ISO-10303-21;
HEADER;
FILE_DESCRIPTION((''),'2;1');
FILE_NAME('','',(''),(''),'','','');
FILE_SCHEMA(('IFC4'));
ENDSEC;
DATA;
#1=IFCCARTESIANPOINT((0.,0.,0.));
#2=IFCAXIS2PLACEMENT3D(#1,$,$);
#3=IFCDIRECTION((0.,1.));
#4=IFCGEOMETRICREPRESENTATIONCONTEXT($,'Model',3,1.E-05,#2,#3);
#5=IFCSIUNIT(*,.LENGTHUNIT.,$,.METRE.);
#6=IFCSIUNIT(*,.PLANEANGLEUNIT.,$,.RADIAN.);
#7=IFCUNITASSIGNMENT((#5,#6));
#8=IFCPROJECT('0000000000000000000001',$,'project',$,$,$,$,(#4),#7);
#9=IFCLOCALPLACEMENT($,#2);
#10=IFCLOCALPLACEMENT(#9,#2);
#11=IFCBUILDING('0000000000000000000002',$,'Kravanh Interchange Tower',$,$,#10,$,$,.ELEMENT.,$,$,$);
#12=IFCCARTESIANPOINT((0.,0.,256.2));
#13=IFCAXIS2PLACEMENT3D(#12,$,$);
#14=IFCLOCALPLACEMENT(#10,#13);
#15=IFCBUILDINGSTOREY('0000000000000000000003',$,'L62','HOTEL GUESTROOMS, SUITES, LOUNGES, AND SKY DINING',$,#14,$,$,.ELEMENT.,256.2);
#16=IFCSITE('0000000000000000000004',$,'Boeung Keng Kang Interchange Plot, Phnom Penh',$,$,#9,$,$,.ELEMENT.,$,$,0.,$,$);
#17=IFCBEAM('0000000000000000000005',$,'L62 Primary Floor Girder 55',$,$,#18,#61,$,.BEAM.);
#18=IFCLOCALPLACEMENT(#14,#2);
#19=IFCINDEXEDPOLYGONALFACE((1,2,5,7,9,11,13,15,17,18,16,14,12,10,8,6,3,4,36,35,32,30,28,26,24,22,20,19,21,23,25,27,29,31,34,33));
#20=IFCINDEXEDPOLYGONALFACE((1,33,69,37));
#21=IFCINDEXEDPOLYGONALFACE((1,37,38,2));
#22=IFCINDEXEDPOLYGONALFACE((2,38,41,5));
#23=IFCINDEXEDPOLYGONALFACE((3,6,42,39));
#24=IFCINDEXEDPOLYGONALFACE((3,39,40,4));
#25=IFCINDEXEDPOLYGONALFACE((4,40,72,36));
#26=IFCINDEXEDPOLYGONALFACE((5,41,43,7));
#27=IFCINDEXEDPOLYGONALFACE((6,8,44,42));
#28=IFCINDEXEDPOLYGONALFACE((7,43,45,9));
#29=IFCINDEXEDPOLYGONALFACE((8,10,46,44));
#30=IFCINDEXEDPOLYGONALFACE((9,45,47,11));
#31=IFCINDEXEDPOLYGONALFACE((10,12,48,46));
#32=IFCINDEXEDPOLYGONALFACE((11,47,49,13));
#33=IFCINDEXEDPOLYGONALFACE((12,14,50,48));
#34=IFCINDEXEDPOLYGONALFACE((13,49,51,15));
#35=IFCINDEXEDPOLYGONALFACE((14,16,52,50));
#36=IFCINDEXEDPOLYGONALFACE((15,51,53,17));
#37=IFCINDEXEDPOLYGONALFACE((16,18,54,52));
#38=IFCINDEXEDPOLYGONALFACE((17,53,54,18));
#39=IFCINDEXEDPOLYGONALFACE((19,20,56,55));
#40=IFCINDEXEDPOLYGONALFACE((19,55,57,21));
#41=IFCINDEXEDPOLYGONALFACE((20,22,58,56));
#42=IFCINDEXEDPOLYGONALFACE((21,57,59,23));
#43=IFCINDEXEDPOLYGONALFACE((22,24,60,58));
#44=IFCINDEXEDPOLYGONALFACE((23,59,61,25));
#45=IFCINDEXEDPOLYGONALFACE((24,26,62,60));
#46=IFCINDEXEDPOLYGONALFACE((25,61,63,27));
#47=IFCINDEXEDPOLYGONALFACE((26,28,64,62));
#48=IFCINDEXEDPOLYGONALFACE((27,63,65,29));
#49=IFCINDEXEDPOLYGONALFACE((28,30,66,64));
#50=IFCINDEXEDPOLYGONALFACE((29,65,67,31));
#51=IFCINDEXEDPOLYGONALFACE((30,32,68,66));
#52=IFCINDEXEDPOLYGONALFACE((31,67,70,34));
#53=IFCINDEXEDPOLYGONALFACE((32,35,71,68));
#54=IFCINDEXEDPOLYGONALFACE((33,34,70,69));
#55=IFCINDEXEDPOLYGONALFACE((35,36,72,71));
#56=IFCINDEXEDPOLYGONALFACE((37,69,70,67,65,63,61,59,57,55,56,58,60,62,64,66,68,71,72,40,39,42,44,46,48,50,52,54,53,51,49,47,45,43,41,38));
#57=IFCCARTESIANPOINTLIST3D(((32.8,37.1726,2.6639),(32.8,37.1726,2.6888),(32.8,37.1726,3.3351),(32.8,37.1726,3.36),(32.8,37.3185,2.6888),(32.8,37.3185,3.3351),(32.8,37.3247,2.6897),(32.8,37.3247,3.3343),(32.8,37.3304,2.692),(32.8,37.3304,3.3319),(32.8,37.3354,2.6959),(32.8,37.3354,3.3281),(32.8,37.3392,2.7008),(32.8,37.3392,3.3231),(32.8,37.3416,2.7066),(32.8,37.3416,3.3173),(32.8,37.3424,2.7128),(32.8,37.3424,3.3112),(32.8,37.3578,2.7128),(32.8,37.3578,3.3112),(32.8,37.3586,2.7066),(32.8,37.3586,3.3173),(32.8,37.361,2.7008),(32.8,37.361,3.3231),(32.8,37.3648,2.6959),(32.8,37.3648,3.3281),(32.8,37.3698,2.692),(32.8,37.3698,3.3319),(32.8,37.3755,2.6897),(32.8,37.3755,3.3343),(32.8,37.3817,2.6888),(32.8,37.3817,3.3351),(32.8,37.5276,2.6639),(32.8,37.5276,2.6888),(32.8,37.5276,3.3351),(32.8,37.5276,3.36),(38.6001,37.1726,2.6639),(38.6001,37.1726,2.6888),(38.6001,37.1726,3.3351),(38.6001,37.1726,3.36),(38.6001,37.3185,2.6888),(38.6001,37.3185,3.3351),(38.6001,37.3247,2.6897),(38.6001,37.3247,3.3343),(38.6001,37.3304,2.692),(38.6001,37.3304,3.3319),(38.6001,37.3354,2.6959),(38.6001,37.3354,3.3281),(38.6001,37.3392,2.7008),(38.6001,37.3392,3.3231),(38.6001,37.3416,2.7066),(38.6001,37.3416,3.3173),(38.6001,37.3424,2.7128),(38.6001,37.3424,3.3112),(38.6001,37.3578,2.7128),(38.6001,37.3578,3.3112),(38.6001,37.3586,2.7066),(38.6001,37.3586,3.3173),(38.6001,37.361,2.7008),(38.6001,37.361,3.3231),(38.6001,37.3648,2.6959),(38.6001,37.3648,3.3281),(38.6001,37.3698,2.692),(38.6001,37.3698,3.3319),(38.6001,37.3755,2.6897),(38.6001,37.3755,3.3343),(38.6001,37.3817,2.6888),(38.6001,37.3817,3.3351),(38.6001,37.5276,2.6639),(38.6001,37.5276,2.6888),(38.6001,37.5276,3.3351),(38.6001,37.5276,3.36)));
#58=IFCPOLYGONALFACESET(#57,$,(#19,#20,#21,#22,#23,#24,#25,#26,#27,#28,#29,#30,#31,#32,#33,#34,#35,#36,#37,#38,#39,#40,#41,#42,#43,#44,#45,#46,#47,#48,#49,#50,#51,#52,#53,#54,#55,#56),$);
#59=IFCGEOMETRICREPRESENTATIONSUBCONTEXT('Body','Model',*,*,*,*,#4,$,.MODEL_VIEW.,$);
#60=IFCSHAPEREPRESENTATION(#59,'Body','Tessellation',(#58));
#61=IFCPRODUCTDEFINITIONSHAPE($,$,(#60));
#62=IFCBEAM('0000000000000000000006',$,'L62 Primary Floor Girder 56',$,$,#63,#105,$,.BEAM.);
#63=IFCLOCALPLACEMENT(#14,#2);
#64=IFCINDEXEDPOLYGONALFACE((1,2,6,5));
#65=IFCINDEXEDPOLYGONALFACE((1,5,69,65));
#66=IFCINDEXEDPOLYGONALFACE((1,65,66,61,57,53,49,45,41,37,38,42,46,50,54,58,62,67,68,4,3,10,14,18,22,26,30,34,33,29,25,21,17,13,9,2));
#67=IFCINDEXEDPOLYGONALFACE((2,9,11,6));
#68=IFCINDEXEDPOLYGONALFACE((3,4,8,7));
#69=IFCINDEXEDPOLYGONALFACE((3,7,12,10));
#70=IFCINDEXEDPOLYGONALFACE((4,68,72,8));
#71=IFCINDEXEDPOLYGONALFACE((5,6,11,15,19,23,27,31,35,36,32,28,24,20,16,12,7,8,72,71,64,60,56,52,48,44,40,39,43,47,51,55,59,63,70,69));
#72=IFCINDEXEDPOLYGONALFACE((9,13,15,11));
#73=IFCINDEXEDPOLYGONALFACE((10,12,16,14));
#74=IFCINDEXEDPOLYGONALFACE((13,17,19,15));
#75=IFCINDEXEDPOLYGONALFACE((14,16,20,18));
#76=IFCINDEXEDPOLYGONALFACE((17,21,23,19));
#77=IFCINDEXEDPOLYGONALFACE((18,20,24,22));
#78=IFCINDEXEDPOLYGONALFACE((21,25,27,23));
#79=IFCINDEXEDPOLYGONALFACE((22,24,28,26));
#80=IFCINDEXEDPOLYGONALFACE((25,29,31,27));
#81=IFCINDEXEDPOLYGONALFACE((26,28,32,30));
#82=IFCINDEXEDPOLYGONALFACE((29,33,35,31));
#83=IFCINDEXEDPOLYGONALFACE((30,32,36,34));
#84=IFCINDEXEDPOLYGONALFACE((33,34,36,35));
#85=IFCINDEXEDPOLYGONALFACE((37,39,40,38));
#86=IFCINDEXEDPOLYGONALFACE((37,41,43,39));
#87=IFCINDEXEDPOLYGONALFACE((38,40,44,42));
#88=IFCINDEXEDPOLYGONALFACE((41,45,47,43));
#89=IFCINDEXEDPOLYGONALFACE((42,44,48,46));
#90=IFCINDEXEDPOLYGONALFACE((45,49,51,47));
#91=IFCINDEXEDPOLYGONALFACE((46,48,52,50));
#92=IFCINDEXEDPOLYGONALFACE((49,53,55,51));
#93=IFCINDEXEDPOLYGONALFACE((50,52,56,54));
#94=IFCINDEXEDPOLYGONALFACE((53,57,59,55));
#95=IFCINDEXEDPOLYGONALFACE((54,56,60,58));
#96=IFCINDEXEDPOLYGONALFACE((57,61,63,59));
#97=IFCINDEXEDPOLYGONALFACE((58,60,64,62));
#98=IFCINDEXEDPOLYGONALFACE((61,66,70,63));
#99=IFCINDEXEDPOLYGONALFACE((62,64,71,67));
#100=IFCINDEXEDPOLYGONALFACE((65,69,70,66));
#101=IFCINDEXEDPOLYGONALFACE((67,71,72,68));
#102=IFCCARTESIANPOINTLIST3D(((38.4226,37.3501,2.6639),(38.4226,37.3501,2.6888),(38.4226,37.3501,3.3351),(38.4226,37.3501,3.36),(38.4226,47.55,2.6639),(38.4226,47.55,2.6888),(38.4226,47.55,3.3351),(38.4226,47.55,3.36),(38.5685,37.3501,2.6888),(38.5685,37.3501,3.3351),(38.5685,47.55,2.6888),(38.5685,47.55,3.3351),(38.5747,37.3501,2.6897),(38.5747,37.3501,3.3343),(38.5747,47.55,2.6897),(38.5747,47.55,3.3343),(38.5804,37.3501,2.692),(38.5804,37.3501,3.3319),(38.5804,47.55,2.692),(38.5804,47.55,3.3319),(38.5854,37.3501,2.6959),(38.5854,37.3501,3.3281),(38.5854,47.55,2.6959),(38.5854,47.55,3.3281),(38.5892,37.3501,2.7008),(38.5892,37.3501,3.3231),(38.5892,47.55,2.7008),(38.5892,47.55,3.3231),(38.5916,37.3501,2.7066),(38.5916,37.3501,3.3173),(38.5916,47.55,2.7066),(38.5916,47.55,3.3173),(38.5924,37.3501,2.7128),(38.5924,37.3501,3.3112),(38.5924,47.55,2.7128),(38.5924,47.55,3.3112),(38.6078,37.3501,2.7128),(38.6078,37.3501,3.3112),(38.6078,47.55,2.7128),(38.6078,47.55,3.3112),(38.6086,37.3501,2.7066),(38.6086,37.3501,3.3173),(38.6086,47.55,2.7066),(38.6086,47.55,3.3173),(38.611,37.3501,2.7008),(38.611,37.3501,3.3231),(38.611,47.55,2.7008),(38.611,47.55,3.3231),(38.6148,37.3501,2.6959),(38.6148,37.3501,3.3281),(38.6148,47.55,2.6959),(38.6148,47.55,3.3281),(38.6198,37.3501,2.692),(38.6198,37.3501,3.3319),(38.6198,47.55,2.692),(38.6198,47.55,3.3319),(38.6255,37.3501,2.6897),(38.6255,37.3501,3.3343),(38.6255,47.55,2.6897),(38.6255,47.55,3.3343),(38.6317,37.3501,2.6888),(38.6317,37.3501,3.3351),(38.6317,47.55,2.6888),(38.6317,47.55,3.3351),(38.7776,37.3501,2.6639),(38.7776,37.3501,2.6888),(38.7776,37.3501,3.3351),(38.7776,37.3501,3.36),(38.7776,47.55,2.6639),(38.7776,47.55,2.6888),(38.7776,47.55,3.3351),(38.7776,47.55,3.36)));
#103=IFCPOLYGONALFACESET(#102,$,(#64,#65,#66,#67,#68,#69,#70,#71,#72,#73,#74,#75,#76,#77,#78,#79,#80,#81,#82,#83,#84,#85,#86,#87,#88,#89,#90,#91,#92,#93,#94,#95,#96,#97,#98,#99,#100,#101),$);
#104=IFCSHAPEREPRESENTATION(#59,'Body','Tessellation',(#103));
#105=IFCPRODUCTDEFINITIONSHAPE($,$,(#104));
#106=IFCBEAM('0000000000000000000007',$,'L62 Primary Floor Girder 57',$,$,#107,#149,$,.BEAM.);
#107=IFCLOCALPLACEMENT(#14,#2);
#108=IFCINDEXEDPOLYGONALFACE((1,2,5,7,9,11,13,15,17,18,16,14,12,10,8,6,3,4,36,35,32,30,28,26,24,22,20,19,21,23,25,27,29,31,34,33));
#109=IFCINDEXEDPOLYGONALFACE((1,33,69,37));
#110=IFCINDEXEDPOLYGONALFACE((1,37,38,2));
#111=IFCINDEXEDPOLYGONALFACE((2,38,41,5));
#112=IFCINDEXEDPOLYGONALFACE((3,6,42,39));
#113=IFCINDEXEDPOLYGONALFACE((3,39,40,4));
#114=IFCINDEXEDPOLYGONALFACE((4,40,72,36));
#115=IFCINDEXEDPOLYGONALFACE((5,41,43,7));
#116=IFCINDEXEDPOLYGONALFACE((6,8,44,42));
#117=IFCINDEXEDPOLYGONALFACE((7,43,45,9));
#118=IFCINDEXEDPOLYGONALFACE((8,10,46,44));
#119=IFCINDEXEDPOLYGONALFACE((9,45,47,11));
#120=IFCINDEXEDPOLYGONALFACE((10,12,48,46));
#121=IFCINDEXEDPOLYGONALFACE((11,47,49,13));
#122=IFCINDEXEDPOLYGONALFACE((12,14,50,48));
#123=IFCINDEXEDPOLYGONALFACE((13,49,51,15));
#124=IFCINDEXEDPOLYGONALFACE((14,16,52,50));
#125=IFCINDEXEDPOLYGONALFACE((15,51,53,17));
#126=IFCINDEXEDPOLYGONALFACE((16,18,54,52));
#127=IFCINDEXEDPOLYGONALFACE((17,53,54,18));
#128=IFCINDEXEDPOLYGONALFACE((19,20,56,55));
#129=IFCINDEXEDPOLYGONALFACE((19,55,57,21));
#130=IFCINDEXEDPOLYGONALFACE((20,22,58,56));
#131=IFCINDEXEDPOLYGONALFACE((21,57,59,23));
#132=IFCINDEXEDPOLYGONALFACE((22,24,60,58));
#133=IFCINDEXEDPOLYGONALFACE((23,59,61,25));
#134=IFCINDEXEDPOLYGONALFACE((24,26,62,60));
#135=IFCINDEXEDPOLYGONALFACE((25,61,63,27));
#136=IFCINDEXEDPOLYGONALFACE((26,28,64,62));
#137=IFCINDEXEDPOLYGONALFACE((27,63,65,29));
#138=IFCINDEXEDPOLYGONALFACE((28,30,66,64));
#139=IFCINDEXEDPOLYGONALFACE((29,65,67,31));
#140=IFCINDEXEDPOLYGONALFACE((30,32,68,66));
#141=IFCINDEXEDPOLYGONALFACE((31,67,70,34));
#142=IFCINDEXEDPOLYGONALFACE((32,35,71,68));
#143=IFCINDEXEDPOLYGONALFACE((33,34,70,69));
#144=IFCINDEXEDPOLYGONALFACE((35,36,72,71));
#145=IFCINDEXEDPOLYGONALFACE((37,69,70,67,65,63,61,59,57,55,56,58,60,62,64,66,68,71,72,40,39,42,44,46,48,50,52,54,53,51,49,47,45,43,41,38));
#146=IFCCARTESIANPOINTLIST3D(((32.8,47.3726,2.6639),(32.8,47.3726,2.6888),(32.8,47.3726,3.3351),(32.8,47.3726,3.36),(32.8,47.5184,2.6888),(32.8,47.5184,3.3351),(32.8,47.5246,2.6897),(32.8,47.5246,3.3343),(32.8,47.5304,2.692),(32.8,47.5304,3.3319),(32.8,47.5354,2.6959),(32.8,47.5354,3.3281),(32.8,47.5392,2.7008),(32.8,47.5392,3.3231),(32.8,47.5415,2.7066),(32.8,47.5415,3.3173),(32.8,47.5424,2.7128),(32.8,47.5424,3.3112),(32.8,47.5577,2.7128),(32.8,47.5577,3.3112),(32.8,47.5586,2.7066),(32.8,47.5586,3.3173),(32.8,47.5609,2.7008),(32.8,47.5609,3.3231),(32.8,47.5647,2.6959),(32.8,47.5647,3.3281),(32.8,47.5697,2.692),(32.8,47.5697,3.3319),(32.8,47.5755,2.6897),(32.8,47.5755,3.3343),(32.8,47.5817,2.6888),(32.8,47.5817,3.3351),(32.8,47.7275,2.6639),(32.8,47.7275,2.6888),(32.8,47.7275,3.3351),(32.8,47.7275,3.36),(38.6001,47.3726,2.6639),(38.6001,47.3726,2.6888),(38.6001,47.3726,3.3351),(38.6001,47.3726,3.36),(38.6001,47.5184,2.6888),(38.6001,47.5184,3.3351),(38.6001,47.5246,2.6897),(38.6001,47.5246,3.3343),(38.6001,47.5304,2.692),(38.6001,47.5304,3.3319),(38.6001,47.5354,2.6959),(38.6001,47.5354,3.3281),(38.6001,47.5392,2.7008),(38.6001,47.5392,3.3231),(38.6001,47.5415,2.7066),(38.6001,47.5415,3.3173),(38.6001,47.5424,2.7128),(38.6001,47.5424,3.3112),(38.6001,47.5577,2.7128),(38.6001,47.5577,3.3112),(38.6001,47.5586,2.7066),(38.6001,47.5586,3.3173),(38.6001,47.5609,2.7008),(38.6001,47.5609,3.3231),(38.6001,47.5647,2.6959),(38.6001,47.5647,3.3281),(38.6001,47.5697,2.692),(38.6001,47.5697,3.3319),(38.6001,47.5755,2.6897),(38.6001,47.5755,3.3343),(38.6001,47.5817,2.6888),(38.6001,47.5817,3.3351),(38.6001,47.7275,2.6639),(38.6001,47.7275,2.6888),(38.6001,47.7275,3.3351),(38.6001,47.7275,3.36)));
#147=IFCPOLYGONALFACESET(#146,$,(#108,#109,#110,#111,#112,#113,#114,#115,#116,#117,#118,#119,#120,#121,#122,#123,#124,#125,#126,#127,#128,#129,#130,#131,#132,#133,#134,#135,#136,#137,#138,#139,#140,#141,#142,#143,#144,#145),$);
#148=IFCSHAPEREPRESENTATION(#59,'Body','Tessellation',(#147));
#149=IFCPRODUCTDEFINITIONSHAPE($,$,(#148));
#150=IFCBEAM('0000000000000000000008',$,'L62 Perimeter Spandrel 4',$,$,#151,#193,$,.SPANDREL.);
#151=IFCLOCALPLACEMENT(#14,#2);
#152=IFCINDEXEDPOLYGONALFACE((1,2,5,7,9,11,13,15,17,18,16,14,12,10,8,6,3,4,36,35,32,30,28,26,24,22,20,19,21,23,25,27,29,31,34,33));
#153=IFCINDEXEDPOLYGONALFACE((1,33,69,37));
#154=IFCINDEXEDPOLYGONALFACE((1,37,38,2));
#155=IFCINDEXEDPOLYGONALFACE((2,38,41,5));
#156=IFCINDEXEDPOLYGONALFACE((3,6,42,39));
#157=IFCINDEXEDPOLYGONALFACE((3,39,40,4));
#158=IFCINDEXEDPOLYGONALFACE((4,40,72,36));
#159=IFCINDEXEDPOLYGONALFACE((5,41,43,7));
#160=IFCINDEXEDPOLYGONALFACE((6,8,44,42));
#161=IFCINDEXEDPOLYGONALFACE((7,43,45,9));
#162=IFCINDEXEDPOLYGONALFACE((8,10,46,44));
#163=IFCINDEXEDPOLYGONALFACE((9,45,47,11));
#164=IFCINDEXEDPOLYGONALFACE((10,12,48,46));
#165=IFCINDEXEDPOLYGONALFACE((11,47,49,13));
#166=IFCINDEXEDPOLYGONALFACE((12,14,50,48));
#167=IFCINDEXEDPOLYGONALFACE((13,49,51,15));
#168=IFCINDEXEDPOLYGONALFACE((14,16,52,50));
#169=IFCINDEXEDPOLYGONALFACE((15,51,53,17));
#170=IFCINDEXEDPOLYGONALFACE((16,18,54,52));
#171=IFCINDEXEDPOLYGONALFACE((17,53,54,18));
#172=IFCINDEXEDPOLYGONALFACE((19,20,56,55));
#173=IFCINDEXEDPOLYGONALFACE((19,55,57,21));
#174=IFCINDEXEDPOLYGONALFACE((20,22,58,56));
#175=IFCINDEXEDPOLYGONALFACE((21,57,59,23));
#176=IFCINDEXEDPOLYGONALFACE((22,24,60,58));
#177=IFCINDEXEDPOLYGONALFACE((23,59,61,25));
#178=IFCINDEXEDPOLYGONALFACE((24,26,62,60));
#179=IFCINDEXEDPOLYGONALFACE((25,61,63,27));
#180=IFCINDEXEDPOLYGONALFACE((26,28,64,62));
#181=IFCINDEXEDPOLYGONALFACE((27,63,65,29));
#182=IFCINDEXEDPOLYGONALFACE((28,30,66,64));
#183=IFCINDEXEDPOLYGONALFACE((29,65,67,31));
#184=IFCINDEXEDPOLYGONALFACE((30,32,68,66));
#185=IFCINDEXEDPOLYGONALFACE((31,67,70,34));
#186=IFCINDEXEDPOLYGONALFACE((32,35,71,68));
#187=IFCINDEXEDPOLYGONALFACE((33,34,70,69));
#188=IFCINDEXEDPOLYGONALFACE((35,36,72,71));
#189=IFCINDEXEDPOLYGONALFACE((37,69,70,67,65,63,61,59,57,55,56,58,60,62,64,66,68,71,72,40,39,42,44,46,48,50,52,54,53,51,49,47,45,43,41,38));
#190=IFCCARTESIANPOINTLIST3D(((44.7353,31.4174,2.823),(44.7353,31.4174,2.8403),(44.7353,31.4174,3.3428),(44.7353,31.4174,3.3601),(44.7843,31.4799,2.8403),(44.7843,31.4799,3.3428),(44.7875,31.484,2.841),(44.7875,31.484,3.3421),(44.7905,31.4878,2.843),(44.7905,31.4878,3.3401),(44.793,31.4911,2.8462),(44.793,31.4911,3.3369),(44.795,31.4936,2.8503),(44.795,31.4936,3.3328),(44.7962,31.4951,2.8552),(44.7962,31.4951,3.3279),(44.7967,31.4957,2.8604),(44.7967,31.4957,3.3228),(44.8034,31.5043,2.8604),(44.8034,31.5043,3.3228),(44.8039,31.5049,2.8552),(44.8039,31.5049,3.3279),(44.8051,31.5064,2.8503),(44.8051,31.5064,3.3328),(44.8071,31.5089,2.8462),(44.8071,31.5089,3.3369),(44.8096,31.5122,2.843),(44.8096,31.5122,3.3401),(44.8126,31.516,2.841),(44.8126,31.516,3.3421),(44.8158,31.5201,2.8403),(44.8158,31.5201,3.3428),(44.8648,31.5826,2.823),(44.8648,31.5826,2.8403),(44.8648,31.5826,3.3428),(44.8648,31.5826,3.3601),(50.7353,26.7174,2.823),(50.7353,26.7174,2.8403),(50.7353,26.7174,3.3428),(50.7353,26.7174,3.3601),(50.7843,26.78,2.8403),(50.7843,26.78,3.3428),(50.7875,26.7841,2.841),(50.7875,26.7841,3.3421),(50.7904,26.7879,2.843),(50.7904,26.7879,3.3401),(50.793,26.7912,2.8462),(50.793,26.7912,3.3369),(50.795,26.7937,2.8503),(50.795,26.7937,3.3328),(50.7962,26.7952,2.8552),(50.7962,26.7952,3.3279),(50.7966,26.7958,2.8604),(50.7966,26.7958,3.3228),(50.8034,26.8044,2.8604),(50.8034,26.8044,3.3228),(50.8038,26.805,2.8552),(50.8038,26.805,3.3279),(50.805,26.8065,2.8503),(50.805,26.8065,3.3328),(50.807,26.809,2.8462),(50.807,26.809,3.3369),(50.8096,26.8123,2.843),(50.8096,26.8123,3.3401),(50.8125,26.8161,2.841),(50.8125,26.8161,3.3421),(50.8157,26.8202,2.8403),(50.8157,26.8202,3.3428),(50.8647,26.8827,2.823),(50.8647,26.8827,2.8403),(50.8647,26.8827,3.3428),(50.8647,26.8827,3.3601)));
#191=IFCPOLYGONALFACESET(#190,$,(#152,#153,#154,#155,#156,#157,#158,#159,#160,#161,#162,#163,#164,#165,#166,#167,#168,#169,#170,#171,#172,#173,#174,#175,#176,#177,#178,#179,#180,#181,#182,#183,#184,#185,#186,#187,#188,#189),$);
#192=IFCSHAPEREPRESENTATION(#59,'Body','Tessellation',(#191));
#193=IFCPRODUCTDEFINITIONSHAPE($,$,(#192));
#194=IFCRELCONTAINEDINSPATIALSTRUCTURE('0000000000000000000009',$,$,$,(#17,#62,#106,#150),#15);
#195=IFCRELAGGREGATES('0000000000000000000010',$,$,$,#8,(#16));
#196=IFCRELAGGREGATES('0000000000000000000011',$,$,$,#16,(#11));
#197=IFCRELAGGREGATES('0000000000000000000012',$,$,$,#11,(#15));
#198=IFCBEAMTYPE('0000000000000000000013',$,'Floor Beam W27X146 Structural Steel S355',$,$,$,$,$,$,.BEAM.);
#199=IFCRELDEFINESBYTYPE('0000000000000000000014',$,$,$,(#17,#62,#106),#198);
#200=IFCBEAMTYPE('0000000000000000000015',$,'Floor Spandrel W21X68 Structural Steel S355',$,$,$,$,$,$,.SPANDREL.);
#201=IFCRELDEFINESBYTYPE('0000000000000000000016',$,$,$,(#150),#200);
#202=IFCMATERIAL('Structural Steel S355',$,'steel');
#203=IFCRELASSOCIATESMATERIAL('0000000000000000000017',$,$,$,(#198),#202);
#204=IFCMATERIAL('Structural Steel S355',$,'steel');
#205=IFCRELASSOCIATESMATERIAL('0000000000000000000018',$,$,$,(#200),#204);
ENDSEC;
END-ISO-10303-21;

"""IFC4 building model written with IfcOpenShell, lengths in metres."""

from ifc_helpers import new_model, si_unit, direction, frame, origin, origin_2d, place, context, subcontext, project, spatial, i_section, extrude, material, material_profile, profile_set, type_object, element, save


model = new_model("IFC4")

# Units and contexts
model_context = context("Model", 3, precision=1e-05, world=origin(), true_north=direction((0.0, 1.0)))
body_context = subcontext(model_context, "Body", "Model", "MODEL_VIEW")
ifc_project = project(units=[si_unit("LENGTHUNIT", "METRE"), si_unit("PLANEANGLEUNIT", "RADIAN")], contexts=[model_context])

# Site, building, storey
site_placement = place(None, origin())
site = spatial("IfcSite", under=ifc_project, at=site_placement, Name="Boeung Keng Kang Interchange Plot, Phnom Penh", CompositionType="ELEMENT", RefElevation=0.0)
building_placement = place(site_placement, origin())
building = spatial("IfcBuilding", under=site, at=building_placement, Name="Kravanh Interchange Tower", CompositionType="ELEMENT")
storey_placement = place(building_placement, frame((0.0, 0.0, 256.2)))
storey = spatial("IfcBuildingStorey", under=building, at=storey_placement, Name="L62", Description="HOTEL GUESTROOMS, SUITES, LOUNGES, AND SKY DINING", CompositionType="ELEMENT", Elevation=256.2)

# Beams
ifc_material_1 = material(Name="Structural Steel S355", Category="steel")
ifc_material_profile_1 = material_profile(ifc_material_1, i_section(OverallWidth=0.355, OverallDepth=0.696, WebThickness=0.0154, FlangeThickness=0.0249, FilletRadius=0.0239, at=origin_2d()), Name="W27X146")
ifc_profile_set_1 = profile_set([ifc_material_profile_1], Name="Structural Steel S355")
beam_type_1 = type_object("IfcBeamType", Name="Floor Beam W27X146 Structural Steel S355", PredefinedType="BEAM", material=ifc_profile_set_1)
beam_1_placement = place(storey_placement, frame((38.6001, 37.3501, 3.012), z_axis=(-1.0, 0.0, 0.0), x_axis=(0.0, -1.0, 0.0)))
element("IfcBeam", 1, at=beam_1_placement, inside=storey, type_object=beam_type_1, Name="L62 Primary Floor Girder 55", PredefinedType="BEAM", context=body_context, shape_type="SweptSolid", body=[
    extrude(i_section(OverallWidth=0.355, OverallDepth=0.696, WebThickness=0.0154, FlangeThickness=0.0249, FilletRadius=0.0239, at=origin_2d()), origin(), (0.0, 0.0, 1.0), 5.8),
])
beam_2_placement = place(storey_placement, frame((38.6001, 37.3501, 3.012), z_axis=(0.0, 1.0, 0.0), x_axis=(-1.0, 0.0, 0.0)))
element("IfcBeam", 2, at=beam_2_placement, inside=storey, type_object=beam_type_1, Name="L62 Primary Floor Girder 56", PredefinedType="BEAM", context=body_context, shape_type="SweptSolid", body=[
    extrude(i_section(OverallWidth=0.355, OverallDepth=0.696, WebThickness=0.0154, FlangeThickness=0.0249, FilletRadius=0.0239, at=origin_2d()), origin(), (0.0, 0.0, 1.0), 10.2),
])
beam_3_placement = place(storey_placement, frame((38.6001, 47.55, 3.012), z_axis=(-1.0, 0.0, 0.0), x_axis=(0.0, -1.0, 0.0)))
element("IfcBeam", 3, at=beam_3_placement, inside=storey, type_object=beam_type_1, Name="L62 Primary Floor Girder 57", PredefinedType="BEAM", context=body_context, shape_type="SweptSolid", body=[
    extrude(i_section(OverallWidth=0.355, OverallDepth=0.696, WebThickness=0.0154, FlangeThickness=0.0249, FilletRadius=0.0239, at=origin_2d()), origin(), (0.0, 0.0, 1.0), 5.8),
])
ifc_material_2 = material(Name="Structural Steel S355", Category="steel")
ifc_material_profile_2 = material_profile(ifc_material_2, i_section(OverallWidth=0.21, OverallDepth=0.5371, WebThickness=0.011, FlangeThickness=0.0173, FilletRadius=0.02, at=origin_2d()), Name="W21X68")
ifc_profile_set_2 = profile_set([ifc_material_profile_2], Name="Structural Steel S355")
beam_type_2 = type_object("IfcBeamType", Name="Floor Spandrel W21X68 Structural Steel S355", PredefinedType="SPANDREL", material=ifc_profile_set_2)
beam_4_placement = place(storey_placement, frame((44.8, 31.5, 3.0916), z_axis=(0.787231, -0.616658, 0.0), x_axis=(0.616658, 0.787231, 0.0)))
element("IfcBeam", 4, at=beam_4_placement, inside=storey, type_object=beam_type_2, Name="L62 Perimeter Spandrel 4", PredefinedType="SPANDREL", context=body_context, shape_type="SweptSolid", body=[
    extrude(i_section(OverallWidth=0.21, OverallDepth=0.5371, WebThickness=0.011, FlangeThickness=0.0173, FilletRadius=0.02, at=origin_2d()), origin(), (0.0, 0.0, 1.0), 7.6216),
])

save(model, "model.ifc")
